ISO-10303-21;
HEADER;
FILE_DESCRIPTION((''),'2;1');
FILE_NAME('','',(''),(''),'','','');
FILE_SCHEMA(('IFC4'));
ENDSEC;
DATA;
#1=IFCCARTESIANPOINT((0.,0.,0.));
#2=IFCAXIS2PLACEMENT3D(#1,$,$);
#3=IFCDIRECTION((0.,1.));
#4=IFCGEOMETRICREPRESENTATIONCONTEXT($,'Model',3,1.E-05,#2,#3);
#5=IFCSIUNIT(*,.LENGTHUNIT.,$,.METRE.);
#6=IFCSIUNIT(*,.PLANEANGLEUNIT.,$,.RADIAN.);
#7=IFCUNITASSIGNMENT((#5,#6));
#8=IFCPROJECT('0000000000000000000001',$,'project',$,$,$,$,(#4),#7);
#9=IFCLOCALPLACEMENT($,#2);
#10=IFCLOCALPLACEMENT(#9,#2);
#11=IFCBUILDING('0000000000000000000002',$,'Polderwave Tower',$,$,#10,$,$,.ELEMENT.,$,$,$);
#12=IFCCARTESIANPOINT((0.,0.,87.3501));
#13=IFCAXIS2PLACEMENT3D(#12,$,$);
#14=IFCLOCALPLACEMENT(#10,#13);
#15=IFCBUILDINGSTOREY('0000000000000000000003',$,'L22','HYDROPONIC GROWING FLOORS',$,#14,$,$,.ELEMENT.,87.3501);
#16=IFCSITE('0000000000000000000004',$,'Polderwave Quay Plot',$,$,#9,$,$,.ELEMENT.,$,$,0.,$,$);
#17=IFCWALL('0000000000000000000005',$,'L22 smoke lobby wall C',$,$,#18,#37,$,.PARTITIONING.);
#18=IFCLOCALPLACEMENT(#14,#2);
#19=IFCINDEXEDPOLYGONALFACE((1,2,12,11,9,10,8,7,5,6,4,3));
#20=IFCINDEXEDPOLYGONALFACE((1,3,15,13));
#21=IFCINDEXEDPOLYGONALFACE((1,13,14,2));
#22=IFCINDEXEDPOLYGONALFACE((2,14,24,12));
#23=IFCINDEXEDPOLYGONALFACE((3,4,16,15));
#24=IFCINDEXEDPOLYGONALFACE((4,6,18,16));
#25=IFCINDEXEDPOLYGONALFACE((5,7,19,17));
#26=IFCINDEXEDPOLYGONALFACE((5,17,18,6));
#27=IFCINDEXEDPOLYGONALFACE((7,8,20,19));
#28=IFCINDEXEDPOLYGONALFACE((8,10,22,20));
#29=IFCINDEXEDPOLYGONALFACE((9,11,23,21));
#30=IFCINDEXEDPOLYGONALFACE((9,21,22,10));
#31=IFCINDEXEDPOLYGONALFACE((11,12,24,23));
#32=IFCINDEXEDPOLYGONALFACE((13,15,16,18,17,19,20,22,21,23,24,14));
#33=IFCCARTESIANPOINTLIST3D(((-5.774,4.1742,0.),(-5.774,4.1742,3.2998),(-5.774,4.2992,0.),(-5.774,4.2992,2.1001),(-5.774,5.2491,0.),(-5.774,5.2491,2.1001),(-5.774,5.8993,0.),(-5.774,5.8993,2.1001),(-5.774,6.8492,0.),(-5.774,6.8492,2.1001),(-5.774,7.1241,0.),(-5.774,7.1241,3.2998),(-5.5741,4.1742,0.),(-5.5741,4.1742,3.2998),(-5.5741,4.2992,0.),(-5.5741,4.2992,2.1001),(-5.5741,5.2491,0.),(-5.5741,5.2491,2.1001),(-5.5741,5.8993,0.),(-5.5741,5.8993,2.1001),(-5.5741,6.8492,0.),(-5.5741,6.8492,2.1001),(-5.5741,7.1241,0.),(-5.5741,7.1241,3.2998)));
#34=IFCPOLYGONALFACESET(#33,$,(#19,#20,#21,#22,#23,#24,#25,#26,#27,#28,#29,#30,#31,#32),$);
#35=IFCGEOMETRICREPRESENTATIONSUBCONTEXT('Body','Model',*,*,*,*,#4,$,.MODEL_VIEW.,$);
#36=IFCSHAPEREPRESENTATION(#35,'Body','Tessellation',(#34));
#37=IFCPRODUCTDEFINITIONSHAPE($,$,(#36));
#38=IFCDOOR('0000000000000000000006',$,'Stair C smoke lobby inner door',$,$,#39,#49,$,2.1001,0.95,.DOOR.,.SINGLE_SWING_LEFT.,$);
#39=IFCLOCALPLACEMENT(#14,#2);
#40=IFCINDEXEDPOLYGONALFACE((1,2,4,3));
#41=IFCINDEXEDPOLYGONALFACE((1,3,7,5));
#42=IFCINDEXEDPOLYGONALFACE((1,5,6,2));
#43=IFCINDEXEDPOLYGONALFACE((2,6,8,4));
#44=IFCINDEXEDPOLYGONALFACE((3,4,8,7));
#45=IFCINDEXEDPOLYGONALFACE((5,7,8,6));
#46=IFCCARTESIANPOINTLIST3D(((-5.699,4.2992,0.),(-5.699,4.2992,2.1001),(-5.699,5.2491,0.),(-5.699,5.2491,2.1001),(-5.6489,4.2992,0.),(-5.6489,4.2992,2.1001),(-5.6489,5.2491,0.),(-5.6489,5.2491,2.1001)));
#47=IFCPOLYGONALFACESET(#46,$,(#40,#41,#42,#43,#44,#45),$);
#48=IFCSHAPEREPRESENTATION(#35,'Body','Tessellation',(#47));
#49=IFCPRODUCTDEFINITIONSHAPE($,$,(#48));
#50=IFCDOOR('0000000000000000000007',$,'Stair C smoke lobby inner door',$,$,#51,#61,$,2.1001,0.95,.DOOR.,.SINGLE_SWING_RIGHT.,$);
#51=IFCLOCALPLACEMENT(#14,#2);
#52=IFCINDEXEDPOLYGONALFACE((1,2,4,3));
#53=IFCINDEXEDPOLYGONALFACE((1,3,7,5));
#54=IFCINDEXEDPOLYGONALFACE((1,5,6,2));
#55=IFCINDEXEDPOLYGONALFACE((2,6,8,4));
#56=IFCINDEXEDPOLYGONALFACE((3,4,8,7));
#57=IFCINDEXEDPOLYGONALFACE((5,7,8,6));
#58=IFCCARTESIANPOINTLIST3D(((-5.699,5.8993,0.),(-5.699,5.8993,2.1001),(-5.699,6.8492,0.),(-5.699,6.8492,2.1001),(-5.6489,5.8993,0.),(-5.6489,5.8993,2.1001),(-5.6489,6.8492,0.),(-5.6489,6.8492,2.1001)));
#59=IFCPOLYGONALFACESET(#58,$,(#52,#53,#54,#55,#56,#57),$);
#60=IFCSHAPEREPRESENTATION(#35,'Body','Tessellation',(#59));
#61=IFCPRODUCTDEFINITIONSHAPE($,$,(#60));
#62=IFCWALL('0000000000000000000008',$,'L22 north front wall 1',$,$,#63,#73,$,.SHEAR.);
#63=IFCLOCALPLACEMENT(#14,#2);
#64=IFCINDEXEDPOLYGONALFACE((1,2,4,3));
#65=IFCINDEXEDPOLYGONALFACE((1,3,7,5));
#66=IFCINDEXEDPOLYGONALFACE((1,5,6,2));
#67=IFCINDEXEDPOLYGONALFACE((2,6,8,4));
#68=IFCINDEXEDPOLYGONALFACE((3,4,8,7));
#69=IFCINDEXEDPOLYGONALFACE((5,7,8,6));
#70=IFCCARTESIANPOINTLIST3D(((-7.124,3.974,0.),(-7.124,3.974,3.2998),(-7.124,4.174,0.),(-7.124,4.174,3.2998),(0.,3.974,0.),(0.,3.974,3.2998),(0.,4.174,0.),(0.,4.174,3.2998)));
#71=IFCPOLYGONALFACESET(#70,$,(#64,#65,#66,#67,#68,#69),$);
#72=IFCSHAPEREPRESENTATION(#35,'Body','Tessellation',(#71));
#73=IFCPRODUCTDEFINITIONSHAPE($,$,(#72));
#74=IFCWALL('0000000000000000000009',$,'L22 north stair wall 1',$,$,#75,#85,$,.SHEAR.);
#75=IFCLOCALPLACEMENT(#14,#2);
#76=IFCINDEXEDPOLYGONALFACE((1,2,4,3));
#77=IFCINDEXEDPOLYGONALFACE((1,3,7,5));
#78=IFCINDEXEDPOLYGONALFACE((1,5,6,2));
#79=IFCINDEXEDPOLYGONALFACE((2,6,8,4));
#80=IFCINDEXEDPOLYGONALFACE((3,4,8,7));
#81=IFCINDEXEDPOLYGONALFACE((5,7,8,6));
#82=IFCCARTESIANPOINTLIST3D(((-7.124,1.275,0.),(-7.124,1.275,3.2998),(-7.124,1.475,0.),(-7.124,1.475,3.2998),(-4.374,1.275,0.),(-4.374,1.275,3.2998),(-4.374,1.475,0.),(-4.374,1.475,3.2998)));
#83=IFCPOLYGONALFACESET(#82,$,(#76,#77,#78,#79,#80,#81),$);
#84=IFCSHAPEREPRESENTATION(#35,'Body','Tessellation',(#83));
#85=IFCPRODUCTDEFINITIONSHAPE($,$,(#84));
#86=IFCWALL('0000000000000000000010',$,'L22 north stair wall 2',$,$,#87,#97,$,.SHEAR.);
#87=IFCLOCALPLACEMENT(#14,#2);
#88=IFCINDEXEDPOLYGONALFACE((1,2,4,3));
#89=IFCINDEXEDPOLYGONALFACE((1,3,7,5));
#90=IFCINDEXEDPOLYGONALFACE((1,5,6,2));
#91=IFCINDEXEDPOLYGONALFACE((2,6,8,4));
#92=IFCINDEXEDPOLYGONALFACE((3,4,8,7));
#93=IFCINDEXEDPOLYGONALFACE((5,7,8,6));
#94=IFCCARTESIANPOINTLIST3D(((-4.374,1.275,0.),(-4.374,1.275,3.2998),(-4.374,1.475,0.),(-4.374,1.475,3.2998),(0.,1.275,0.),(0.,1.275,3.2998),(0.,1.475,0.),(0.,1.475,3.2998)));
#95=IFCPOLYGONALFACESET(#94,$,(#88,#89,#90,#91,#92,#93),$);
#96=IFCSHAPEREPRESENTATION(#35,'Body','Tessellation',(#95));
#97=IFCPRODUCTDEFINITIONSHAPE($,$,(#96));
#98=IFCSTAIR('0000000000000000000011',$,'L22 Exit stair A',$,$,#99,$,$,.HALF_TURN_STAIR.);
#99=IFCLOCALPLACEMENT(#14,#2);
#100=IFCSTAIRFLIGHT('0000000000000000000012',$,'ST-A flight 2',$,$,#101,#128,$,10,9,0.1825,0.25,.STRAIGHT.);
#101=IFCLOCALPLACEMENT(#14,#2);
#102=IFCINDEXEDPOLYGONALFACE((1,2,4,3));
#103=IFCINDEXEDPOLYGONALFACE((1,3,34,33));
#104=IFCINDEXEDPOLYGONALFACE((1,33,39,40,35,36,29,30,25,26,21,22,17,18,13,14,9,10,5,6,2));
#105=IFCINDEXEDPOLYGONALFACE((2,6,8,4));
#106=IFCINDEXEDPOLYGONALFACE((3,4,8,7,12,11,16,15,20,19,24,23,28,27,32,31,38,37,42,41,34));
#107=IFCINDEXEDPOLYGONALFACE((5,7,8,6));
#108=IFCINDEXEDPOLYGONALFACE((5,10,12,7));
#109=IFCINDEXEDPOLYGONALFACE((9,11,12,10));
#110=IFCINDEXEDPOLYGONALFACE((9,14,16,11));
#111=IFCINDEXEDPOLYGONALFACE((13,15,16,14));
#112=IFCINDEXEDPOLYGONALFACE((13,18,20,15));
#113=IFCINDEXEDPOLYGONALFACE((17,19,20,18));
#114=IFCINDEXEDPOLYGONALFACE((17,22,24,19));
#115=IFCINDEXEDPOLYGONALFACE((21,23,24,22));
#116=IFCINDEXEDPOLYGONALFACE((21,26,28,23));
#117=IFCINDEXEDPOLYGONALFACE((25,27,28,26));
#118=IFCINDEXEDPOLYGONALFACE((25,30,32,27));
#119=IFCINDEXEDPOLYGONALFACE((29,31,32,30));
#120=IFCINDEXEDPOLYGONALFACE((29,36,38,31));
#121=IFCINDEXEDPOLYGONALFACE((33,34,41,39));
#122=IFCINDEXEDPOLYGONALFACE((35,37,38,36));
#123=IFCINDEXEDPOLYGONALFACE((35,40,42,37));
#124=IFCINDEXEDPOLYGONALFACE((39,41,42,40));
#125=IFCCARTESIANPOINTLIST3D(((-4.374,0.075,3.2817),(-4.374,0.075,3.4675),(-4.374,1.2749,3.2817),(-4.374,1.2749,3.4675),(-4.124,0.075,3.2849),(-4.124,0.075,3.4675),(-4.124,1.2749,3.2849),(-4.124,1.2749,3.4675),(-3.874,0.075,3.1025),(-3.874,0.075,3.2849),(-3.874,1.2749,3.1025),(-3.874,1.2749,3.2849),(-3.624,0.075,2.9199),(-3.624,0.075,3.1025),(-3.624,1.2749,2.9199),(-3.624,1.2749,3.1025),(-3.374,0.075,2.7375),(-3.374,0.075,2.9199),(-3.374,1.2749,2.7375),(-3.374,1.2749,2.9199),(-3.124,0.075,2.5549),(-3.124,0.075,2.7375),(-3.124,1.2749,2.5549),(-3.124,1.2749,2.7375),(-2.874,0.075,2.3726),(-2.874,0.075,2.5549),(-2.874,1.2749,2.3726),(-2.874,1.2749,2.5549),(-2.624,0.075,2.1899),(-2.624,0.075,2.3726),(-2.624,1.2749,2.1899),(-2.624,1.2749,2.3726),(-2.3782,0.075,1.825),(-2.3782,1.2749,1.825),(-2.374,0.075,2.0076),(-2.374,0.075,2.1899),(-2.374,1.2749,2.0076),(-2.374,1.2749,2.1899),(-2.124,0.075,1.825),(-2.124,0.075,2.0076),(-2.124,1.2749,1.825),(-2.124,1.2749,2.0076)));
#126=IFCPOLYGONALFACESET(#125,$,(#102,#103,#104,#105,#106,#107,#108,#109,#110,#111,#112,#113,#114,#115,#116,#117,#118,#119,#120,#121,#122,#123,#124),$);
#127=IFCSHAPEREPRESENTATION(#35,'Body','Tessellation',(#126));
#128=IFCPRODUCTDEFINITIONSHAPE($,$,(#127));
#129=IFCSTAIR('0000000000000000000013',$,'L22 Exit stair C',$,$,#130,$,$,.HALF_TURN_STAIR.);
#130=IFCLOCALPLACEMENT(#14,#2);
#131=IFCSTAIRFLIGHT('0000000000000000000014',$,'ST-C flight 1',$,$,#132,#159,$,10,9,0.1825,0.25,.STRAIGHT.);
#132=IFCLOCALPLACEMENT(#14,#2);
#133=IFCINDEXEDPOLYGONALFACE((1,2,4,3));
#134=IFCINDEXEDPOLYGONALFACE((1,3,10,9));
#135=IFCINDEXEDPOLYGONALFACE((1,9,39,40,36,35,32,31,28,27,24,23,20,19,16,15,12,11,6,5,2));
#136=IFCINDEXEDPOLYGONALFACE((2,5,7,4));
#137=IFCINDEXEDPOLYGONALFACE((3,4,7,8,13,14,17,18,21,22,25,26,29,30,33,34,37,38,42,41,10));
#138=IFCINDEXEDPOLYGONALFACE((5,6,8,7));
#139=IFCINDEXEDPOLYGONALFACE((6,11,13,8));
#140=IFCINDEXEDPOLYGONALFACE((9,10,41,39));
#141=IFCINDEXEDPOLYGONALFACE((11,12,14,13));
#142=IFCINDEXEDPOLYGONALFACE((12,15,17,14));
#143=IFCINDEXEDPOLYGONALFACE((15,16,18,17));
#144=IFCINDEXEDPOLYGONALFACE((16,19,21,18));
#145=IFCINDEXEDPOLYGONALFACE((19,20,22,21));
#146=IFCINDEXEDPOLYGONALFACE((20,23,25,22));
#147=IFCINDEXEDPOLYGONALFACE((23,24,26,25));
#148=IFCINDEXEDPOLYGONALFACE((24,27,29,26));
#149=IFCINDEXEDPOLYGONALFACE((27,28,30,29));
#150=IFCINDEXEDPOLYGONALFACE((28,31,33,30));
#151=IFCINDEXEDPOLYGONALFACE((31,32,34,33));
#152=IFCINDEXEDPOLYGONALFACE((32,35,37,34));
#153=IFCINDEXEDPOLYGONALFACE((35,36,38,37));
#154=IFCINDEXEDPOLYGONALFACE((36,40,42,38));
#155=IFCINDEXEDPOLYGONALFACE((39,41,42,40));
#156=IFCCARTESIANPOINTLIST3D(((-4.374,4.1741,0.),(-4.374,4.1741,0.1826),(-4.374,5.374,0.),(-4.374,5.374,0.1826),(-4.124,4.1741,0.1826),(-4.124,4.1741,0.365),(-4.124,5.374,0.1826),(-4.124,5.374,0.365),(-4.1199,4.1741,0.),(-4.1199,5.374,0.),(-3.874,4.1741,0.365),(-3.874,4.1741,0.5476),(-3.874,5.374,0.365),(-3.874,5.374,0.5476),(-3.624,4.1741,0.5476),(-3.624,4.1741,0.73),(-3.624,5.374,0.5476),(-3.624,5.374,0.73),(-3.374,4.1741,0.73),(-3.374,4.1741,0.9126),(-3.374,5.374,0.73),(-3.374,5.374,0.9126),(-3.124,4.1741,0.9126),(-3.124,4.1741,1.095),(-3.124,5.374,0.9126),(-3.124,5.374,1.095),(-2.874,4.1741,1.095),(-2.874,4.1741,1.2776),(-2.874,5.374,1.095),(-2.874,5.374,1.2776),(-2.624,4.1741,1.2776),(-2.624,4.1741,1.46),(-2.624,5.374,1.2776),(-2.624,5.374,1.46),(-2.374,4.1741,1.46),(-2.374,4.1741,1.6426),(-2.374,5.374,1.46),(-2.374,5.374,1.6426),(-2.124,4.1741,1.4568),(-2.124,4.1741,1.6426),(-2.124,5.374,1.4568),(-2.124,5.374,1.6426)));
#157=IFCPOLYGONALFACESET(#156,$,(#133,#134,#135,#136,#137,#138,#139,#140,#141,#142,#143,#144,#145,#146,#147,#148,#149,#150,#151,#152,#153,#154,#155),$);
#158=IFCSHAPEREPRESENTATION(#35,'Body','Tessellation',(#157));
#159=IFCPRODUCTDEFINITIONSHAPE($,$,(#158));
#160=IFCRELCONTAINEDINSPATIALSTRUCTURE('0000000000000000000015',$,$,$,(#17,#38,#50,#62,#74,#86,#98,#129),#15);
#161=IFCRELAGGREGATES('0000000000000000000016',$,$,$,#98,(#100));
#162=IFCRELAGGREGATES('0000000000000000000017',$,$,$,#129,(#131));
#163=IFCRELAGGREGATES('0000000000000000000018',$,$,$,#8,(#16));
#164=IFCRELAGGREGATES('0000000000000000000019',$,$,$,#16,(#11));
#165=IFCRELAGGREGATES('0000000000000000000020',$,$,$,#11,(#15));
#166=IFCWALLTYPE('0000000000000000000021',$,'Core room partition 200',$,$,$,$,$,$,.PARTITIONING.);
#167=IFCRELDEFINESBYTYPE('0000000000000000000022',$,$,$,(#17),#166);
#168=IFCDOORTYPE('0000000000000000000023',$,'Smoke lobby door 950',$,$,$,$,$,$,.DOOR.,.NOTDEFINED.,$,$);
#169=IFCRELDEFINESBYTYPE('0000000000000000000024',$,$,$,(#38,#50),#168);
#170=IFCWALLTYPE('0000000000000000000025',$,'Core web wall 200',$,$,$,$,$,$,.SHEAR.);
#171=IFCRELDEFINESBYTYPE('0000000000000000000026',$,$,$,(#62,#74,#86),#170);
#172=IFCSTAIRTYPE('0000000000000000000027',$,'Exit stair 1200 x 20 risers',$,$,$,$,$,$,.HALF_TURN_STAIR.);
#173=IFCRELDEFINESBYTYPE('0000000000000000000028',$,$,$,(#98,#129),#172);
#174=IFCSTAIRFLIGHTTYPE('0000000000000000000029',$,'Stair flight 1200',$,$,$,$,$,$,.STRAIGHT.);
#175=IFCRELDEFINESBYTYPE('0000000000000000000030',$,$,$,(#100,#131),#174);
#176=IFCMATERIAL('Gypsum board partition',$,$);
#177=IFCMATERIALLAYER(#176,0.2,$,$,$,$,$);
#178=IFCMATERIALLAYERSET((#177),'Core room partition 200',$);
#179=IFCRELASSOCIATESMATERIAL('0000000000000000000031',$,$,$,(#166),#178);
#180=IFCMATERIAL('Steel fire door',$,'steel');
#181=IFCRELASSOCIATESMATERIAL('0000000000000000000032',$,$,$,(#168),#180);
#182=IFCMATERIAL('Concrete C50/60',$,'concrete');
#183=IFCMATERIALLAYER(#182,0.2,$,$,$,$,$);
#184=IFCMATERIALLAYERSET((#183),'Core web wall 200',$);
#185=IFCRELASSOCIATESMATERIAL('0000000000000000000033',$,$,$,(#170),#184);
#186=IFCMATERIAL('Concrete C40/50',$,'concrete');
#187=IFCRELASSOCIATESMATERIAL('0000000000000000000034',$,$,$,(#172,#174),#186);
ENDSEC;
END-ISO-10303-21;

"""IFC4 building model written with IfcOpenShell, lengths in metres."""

from ifc_helpers import new_model, si_unit, direction, frame, frame_2d, origin, place, context, subcontext, project, spatial, polyline, rectangle, outline, extrude, material, layer, layer_set, type_object, element, fill, aggregate, save


model = new_model("IFC4")

# Units and contexts
model_context = context("Model", 3, precision=1e-05, world=origin(), true_north=direction((0.0, 1.0)))
body_context = subcontext(model_context, "Body", "Model", "MODEL_VIEW")
ifc_project = project(units=[si_unit("LENGTHUNIT", "METRE"), si_unit("PLANEANGLEUNIT", "RADIAN")], contexts=[model_context])

# Site, building, storey
site_placement = place(None, origin())
site = spatial("IfcSite", under=ifc_project, at=site_placement, Name="Polderwave Quay Plot", CompositionType="ELEMENT", RefElevation=0.0)
building_placement = place(site_placement, origin())
building = spatial("IfcBuilding", under=site, at=building_placement, Name="Polderwave Tower", CompositionType="ELEMENT")
storey_placement = place(building_placement, frame((0.0, 0.0, 87.3501)))
storey = spatial("IfcBuildingStorey", under=building, at=storey_placement, Name="L22", Description="HYDROPONIC GROWING FLOORS", CompositionType="ELEMENT", Elevation=87.3501)

# Wall, openings, doors
ifc_material_1 = material(Name="Gypsum board partition")
ifc_layer_1 = layer(ifc_material_1, 0.2)
ifc_layer_set_1 = layer_set([ifc_layer_1], Name="Core room partition 200")
wall_type_1 = type_object("IfcWallType", Name="Core room partition 200", PredefinedType="PARTITIONING", material=ifc_layer_set_1)
wall_1_placement = place(storey_placement, frame((-5.6741, 4.1741, 0.0), z_axis=(0.0, 0.0, 1.0), x_axis=(0.0, 1.0, 0.0)))
wall_1 = element("IfcWall", 1, at=wall_1_placement, inside=storey, type_object=wall_type_1, Name="L22 smoke lobby wall C", PredefinedType="PARTITIONING", context=body_context, shape_type="SweptSolid", body=[
    extrude(rectangle(XDim=2.95, YDim=0.2, at=frame_2d((1.4751, 0.0))), origin(), (0.0, 0.0, 1.0), 3.2998),
])
opening_1_placement = place(wall_1_placement, frame((0.125, 0.0, 0.0)))
opening_1 = element("IfcOpeningElement", 2, at=opening_1_placement, cuts=wall_1, PredefinedType="OPENING", context=body_context, shape_type="SweptSolid", body=[
    extrude(rectangle(XDim=0.95, YDim=2.1001, at=frame_2d((0.4751, 1.05))), frame((0.0, 0.1099, 0.0), z_axis=(0.0, -1.0, 0.0), x_axis=(1.0, 0.0, 0.0)), (0.0, 0.0, 1.0), 0.22),
])
opening_2_placement = place(wall_1_placement, frame((1.7251, 0.0, 0.0)))
opening_2 = element("IfcOpeningElement", 3, at=opening_2_placement, cuts=wall_1, PredefinedType="OPENING", context=body_context, shape_type="SweptSolid", body=[
    extrude(rectangle(XDim=0.95, YDim=2.1001, at=frame_2d((0.4751, 1.05))), frame((0.0, 0.1099, 0.0), z_axis=(0.0, -1.0, 0.0), x_axis=(1.0, 0.0, 0.0)), (0.0, 0.0, 1.0), 0.22),
])
ifc_material_2 = material(Name="Steel fire door", Category="steel")
door_type = type_object("IfcDoorType", Name="Smoke lobby door 950", OperationType="NOTDEFINED", PredefinedType="DOOR", material=ifc_material_2)
door_1_placement = place(opening_1_placement, origin())
door_1 = element("IfcDoor", 4, at=door_1_placement, inside=storey, type_object=door_type, Name="Stair C smoke lobby inner door", OperationType="SINGLE_SWING_LEFT", OverallHeight=2.1001, OverallWidth=0.95, PredefinedType="DOOR", context=body_context, shape_type="SweptSolid", body=[
    extrude(rectangle(XDim=0.95, YDim=2.1001, at=frame_2d((0.4751, 1.05))), frame((0.0, 0.0249, 0.0), z_axis=(0.0, -1.0, 0.0), x_axis=(1.0, 0.0, 0.0)), (0.0, 0.0, 1.0), 0.05),
])
fill(opening_1, door_1)
door_2_placement = place(opening_2_placement, origin())
door_2 = element("IfcDoor", 5, at=door_2_placement, inside=storey, type_object=door_type, Name="Stair C smoke lobby inner door", OperationType="SINGLE_SWING_RIGHT", OverallHeight=2.1001, OverallWidth=0.95, PredefinedType="DOOR", context=body_context, shape_type="SweptSolid", body=[
    extrude(rectangle(XDim=0.95, YDim=2.1001, at=frame_2d((0.4751, 1.05))), frame((0.0, 0.0249, 0.0), z_axis=(0.0, -1.0, 0.0), x_axis=(1.0, 0.0, 0.0)), (0.0, 0.0, 1.0), 0.05),
])
fill(opening_2, door_2)

# Walls
ifc_material_3 = material(Name="Concrete C50/60", Category="concrete")
ifc_layer_2 = layer(ifc_material_3, 0.2)
ifc_layer_set_2 = layer_set([ifc_layer_2], Name="Core web wall 200")
wall_type_2 = type_object("IfcWallType", Name="Core web wall 200", PredefinedType="SHEAR", material=ifc_layer_set_2)
wall_2_placement = place(storey_placement, frame((-7.124, 4.074, 0.0), z_axis=(0.0, 0.0, 1.0), x_axis=(1.0, 0.0, 0.0)))
element("IfcWall", 6, at=wall_2_placement, inside=storey, type_object=wall_type_2, Name="L22 north front wall 1", PredefinedType="SHEAR", context=body_context, shape_type="SweptSolid", body=[
    extrude(rectangle(XDim=7.124, YDim=0.2, at=frame_2d((3.562, 0.0))), origin(), (0.0, 0.0, 1.0), 3.2998),
])
wall_3_placement = place(storey_placement, frame((-7.124, 1.375, 0.0), z_axis=(0.0, 0.0, 1.0), x_axis=(1.0, 0.0, 0.0)))
element("IfcWall", 7, at=wall_3_placement, inside=storey, type_object=wall_type_2, Name="L22 north stair wall 1", PredefinedType="SHEAR", context=body_context, shape_type="SweptSolid", body=[
    extrude(rectangle(XDim=2.75, YDim=0.2, at=frame_2d((1.375, 0.0))), origin(), (0.0, 0.0, 1.0), 3.2998),
])
wall_4_placement = place(storey_placement, frame((-4.374, 1.375, 0.0), z_axis=(0.0, 0.0, 1.0), x_axis=(1.0, 0.0, 0.0)))
element("IfcWall", 8, at=wall_4_placement, inside=storey, type_object=wall_type_2, Name="L22 north stair wall 2", PredefinedType="SHEAR", context=body_context, shape_type="SweptSolid", body=[
    extrude(rectangle(XDim=4.374, YDim=0.2, at=frame_2d((2.187, 0.0))), origin(), (0.0, 0.0, 1.0), 3.2998),
])

# Stairs, stair flights
ifc_material_4 = material(Name="Concrete C40/50", Category="concrete")
stair_type = type_object("IfcStairType", Name="Exit stair 1200 x 20 risers", PredefinedType="HALF_TURN_STAIR", material=ifc_material_4)
stair_1_placement = place(storey_placement, origin())
stair_1 = element("IfcStair", 9, at=stair_1_placement, inside=storey, type_object=stair_type, Name="L22 Exit stair A", PredefinedType="HALF_TURN_STAIR")
stair_flight_type = type_object("IfcStairFlightType", Name="Stair flight 1200", PredefinedType="STRAIGHT", material=ifc_material_4)
stair_flight_1_placement = place(storey_placement, frame((-2.124, 0.675, 1.825), z_axis=(0.0, 0.0, 1.0), x_axis=(-1.0, 0.0, 0.0)))
stair_flight_1 = element("IfcStairFlight", 10, at=stair_flight_1_placement, type_object=stair_flight_type, Name="ST-A flight 2", NumberOfRisers=10, NumberOfTreads=9, PredefinedType="STRAIGHT", RiserHeight=0.1825, TreadLength=0.25, context=body_context, shape_type="SweptSolid", body=[
    extrude(outline(polyline([(0.0, 0.0), (0.0, 0.1826), (0.25, 0.1826), (0.25, 0.365), (0.5, 0.365), (0.5, 0.5476), (0.75, 0.5476), (0.75, 0.73), (1.0, 0.73), (1.0, 0.9126), (1.25, 0.9126), (1.25, 1.095), (1.5, 1.095), (1.5, 1.2776), (1.75, 1.2776), (1.75, 1.46), (2.0, 1.46), (2.0, 1.6426), (2.25, 1.6426), (2.25, 1.825), (2.25, 1.4568), (0.2542, 0.0), (0.0, 0.0)])), frame((0.0, 0.6001, 0.0), z_axis=(0.0, -1.0, 0.0), x_axis=(1.0, 0.0, 0.0)), (0.0, 0.0, 1.0), 1.2),
])
aggregate(stair_1, [stair_flight_1])
stair_2_placement = place(storey_placement, origin())
stair_2 = element("IfcStair", 11, at=stair_2_placement, inside=storey, type_object=stair_type, Name="L22 Exit stair C", PredefinedType="HALF_TURN_STAIR")
stair_flight_2_placement = place(storey_placement, frame((-4.374, 4.7739, 0.0), z_axis=(0.0, 0.0, 1.0), x_axis=(1.0, 0.0, 0.0)))
stair_flight_2 = element("IfcStairFlight", 12, at=stair_flight_2_placement, type_object=stair_flight_type, Name="ST-C flight 1", NumberOfRisers=10, NumberOfTreads=9, PredefinedType="STRAIGHT", RiserHeight=0.1825, TreadLength=0.25, context=body_context, shape_type="SweptSolid", body=[
    extrude(outline(polyline([(0.0, 0.0), (0.0, 0.1826), (0.25, 0.1826), (0.25, 0.365), (0.5, 0.365), (0.5, 0.5476), (0.75, 0.5476), (0.75, 0.73), (1.0, 0.73), (1.0, 0.9126), (1.25, 0.9126), (1.25, 1.095), (1.5, 1.095), (1.5, 1.2776), (1.75, 1.2776), (1.75, 1.46), (2.0, 1.46), (2.0, 1.6426), (2.25, 1.6426), (2.25, 1.825), (2.25, 1.4568), (0.2542, 0.0), (0.0, 0.0)])), frame((0.0, 0.6001, 0.0), z_axis=(0.0, -1.0, 0.0), x_axis=(1.0, 0.0, 0.0)), (0.0, 0.0, 1.0), 1.2),
])
aggregate(stair_2, [stair_flight_2])

save(model, "model.ifc")
